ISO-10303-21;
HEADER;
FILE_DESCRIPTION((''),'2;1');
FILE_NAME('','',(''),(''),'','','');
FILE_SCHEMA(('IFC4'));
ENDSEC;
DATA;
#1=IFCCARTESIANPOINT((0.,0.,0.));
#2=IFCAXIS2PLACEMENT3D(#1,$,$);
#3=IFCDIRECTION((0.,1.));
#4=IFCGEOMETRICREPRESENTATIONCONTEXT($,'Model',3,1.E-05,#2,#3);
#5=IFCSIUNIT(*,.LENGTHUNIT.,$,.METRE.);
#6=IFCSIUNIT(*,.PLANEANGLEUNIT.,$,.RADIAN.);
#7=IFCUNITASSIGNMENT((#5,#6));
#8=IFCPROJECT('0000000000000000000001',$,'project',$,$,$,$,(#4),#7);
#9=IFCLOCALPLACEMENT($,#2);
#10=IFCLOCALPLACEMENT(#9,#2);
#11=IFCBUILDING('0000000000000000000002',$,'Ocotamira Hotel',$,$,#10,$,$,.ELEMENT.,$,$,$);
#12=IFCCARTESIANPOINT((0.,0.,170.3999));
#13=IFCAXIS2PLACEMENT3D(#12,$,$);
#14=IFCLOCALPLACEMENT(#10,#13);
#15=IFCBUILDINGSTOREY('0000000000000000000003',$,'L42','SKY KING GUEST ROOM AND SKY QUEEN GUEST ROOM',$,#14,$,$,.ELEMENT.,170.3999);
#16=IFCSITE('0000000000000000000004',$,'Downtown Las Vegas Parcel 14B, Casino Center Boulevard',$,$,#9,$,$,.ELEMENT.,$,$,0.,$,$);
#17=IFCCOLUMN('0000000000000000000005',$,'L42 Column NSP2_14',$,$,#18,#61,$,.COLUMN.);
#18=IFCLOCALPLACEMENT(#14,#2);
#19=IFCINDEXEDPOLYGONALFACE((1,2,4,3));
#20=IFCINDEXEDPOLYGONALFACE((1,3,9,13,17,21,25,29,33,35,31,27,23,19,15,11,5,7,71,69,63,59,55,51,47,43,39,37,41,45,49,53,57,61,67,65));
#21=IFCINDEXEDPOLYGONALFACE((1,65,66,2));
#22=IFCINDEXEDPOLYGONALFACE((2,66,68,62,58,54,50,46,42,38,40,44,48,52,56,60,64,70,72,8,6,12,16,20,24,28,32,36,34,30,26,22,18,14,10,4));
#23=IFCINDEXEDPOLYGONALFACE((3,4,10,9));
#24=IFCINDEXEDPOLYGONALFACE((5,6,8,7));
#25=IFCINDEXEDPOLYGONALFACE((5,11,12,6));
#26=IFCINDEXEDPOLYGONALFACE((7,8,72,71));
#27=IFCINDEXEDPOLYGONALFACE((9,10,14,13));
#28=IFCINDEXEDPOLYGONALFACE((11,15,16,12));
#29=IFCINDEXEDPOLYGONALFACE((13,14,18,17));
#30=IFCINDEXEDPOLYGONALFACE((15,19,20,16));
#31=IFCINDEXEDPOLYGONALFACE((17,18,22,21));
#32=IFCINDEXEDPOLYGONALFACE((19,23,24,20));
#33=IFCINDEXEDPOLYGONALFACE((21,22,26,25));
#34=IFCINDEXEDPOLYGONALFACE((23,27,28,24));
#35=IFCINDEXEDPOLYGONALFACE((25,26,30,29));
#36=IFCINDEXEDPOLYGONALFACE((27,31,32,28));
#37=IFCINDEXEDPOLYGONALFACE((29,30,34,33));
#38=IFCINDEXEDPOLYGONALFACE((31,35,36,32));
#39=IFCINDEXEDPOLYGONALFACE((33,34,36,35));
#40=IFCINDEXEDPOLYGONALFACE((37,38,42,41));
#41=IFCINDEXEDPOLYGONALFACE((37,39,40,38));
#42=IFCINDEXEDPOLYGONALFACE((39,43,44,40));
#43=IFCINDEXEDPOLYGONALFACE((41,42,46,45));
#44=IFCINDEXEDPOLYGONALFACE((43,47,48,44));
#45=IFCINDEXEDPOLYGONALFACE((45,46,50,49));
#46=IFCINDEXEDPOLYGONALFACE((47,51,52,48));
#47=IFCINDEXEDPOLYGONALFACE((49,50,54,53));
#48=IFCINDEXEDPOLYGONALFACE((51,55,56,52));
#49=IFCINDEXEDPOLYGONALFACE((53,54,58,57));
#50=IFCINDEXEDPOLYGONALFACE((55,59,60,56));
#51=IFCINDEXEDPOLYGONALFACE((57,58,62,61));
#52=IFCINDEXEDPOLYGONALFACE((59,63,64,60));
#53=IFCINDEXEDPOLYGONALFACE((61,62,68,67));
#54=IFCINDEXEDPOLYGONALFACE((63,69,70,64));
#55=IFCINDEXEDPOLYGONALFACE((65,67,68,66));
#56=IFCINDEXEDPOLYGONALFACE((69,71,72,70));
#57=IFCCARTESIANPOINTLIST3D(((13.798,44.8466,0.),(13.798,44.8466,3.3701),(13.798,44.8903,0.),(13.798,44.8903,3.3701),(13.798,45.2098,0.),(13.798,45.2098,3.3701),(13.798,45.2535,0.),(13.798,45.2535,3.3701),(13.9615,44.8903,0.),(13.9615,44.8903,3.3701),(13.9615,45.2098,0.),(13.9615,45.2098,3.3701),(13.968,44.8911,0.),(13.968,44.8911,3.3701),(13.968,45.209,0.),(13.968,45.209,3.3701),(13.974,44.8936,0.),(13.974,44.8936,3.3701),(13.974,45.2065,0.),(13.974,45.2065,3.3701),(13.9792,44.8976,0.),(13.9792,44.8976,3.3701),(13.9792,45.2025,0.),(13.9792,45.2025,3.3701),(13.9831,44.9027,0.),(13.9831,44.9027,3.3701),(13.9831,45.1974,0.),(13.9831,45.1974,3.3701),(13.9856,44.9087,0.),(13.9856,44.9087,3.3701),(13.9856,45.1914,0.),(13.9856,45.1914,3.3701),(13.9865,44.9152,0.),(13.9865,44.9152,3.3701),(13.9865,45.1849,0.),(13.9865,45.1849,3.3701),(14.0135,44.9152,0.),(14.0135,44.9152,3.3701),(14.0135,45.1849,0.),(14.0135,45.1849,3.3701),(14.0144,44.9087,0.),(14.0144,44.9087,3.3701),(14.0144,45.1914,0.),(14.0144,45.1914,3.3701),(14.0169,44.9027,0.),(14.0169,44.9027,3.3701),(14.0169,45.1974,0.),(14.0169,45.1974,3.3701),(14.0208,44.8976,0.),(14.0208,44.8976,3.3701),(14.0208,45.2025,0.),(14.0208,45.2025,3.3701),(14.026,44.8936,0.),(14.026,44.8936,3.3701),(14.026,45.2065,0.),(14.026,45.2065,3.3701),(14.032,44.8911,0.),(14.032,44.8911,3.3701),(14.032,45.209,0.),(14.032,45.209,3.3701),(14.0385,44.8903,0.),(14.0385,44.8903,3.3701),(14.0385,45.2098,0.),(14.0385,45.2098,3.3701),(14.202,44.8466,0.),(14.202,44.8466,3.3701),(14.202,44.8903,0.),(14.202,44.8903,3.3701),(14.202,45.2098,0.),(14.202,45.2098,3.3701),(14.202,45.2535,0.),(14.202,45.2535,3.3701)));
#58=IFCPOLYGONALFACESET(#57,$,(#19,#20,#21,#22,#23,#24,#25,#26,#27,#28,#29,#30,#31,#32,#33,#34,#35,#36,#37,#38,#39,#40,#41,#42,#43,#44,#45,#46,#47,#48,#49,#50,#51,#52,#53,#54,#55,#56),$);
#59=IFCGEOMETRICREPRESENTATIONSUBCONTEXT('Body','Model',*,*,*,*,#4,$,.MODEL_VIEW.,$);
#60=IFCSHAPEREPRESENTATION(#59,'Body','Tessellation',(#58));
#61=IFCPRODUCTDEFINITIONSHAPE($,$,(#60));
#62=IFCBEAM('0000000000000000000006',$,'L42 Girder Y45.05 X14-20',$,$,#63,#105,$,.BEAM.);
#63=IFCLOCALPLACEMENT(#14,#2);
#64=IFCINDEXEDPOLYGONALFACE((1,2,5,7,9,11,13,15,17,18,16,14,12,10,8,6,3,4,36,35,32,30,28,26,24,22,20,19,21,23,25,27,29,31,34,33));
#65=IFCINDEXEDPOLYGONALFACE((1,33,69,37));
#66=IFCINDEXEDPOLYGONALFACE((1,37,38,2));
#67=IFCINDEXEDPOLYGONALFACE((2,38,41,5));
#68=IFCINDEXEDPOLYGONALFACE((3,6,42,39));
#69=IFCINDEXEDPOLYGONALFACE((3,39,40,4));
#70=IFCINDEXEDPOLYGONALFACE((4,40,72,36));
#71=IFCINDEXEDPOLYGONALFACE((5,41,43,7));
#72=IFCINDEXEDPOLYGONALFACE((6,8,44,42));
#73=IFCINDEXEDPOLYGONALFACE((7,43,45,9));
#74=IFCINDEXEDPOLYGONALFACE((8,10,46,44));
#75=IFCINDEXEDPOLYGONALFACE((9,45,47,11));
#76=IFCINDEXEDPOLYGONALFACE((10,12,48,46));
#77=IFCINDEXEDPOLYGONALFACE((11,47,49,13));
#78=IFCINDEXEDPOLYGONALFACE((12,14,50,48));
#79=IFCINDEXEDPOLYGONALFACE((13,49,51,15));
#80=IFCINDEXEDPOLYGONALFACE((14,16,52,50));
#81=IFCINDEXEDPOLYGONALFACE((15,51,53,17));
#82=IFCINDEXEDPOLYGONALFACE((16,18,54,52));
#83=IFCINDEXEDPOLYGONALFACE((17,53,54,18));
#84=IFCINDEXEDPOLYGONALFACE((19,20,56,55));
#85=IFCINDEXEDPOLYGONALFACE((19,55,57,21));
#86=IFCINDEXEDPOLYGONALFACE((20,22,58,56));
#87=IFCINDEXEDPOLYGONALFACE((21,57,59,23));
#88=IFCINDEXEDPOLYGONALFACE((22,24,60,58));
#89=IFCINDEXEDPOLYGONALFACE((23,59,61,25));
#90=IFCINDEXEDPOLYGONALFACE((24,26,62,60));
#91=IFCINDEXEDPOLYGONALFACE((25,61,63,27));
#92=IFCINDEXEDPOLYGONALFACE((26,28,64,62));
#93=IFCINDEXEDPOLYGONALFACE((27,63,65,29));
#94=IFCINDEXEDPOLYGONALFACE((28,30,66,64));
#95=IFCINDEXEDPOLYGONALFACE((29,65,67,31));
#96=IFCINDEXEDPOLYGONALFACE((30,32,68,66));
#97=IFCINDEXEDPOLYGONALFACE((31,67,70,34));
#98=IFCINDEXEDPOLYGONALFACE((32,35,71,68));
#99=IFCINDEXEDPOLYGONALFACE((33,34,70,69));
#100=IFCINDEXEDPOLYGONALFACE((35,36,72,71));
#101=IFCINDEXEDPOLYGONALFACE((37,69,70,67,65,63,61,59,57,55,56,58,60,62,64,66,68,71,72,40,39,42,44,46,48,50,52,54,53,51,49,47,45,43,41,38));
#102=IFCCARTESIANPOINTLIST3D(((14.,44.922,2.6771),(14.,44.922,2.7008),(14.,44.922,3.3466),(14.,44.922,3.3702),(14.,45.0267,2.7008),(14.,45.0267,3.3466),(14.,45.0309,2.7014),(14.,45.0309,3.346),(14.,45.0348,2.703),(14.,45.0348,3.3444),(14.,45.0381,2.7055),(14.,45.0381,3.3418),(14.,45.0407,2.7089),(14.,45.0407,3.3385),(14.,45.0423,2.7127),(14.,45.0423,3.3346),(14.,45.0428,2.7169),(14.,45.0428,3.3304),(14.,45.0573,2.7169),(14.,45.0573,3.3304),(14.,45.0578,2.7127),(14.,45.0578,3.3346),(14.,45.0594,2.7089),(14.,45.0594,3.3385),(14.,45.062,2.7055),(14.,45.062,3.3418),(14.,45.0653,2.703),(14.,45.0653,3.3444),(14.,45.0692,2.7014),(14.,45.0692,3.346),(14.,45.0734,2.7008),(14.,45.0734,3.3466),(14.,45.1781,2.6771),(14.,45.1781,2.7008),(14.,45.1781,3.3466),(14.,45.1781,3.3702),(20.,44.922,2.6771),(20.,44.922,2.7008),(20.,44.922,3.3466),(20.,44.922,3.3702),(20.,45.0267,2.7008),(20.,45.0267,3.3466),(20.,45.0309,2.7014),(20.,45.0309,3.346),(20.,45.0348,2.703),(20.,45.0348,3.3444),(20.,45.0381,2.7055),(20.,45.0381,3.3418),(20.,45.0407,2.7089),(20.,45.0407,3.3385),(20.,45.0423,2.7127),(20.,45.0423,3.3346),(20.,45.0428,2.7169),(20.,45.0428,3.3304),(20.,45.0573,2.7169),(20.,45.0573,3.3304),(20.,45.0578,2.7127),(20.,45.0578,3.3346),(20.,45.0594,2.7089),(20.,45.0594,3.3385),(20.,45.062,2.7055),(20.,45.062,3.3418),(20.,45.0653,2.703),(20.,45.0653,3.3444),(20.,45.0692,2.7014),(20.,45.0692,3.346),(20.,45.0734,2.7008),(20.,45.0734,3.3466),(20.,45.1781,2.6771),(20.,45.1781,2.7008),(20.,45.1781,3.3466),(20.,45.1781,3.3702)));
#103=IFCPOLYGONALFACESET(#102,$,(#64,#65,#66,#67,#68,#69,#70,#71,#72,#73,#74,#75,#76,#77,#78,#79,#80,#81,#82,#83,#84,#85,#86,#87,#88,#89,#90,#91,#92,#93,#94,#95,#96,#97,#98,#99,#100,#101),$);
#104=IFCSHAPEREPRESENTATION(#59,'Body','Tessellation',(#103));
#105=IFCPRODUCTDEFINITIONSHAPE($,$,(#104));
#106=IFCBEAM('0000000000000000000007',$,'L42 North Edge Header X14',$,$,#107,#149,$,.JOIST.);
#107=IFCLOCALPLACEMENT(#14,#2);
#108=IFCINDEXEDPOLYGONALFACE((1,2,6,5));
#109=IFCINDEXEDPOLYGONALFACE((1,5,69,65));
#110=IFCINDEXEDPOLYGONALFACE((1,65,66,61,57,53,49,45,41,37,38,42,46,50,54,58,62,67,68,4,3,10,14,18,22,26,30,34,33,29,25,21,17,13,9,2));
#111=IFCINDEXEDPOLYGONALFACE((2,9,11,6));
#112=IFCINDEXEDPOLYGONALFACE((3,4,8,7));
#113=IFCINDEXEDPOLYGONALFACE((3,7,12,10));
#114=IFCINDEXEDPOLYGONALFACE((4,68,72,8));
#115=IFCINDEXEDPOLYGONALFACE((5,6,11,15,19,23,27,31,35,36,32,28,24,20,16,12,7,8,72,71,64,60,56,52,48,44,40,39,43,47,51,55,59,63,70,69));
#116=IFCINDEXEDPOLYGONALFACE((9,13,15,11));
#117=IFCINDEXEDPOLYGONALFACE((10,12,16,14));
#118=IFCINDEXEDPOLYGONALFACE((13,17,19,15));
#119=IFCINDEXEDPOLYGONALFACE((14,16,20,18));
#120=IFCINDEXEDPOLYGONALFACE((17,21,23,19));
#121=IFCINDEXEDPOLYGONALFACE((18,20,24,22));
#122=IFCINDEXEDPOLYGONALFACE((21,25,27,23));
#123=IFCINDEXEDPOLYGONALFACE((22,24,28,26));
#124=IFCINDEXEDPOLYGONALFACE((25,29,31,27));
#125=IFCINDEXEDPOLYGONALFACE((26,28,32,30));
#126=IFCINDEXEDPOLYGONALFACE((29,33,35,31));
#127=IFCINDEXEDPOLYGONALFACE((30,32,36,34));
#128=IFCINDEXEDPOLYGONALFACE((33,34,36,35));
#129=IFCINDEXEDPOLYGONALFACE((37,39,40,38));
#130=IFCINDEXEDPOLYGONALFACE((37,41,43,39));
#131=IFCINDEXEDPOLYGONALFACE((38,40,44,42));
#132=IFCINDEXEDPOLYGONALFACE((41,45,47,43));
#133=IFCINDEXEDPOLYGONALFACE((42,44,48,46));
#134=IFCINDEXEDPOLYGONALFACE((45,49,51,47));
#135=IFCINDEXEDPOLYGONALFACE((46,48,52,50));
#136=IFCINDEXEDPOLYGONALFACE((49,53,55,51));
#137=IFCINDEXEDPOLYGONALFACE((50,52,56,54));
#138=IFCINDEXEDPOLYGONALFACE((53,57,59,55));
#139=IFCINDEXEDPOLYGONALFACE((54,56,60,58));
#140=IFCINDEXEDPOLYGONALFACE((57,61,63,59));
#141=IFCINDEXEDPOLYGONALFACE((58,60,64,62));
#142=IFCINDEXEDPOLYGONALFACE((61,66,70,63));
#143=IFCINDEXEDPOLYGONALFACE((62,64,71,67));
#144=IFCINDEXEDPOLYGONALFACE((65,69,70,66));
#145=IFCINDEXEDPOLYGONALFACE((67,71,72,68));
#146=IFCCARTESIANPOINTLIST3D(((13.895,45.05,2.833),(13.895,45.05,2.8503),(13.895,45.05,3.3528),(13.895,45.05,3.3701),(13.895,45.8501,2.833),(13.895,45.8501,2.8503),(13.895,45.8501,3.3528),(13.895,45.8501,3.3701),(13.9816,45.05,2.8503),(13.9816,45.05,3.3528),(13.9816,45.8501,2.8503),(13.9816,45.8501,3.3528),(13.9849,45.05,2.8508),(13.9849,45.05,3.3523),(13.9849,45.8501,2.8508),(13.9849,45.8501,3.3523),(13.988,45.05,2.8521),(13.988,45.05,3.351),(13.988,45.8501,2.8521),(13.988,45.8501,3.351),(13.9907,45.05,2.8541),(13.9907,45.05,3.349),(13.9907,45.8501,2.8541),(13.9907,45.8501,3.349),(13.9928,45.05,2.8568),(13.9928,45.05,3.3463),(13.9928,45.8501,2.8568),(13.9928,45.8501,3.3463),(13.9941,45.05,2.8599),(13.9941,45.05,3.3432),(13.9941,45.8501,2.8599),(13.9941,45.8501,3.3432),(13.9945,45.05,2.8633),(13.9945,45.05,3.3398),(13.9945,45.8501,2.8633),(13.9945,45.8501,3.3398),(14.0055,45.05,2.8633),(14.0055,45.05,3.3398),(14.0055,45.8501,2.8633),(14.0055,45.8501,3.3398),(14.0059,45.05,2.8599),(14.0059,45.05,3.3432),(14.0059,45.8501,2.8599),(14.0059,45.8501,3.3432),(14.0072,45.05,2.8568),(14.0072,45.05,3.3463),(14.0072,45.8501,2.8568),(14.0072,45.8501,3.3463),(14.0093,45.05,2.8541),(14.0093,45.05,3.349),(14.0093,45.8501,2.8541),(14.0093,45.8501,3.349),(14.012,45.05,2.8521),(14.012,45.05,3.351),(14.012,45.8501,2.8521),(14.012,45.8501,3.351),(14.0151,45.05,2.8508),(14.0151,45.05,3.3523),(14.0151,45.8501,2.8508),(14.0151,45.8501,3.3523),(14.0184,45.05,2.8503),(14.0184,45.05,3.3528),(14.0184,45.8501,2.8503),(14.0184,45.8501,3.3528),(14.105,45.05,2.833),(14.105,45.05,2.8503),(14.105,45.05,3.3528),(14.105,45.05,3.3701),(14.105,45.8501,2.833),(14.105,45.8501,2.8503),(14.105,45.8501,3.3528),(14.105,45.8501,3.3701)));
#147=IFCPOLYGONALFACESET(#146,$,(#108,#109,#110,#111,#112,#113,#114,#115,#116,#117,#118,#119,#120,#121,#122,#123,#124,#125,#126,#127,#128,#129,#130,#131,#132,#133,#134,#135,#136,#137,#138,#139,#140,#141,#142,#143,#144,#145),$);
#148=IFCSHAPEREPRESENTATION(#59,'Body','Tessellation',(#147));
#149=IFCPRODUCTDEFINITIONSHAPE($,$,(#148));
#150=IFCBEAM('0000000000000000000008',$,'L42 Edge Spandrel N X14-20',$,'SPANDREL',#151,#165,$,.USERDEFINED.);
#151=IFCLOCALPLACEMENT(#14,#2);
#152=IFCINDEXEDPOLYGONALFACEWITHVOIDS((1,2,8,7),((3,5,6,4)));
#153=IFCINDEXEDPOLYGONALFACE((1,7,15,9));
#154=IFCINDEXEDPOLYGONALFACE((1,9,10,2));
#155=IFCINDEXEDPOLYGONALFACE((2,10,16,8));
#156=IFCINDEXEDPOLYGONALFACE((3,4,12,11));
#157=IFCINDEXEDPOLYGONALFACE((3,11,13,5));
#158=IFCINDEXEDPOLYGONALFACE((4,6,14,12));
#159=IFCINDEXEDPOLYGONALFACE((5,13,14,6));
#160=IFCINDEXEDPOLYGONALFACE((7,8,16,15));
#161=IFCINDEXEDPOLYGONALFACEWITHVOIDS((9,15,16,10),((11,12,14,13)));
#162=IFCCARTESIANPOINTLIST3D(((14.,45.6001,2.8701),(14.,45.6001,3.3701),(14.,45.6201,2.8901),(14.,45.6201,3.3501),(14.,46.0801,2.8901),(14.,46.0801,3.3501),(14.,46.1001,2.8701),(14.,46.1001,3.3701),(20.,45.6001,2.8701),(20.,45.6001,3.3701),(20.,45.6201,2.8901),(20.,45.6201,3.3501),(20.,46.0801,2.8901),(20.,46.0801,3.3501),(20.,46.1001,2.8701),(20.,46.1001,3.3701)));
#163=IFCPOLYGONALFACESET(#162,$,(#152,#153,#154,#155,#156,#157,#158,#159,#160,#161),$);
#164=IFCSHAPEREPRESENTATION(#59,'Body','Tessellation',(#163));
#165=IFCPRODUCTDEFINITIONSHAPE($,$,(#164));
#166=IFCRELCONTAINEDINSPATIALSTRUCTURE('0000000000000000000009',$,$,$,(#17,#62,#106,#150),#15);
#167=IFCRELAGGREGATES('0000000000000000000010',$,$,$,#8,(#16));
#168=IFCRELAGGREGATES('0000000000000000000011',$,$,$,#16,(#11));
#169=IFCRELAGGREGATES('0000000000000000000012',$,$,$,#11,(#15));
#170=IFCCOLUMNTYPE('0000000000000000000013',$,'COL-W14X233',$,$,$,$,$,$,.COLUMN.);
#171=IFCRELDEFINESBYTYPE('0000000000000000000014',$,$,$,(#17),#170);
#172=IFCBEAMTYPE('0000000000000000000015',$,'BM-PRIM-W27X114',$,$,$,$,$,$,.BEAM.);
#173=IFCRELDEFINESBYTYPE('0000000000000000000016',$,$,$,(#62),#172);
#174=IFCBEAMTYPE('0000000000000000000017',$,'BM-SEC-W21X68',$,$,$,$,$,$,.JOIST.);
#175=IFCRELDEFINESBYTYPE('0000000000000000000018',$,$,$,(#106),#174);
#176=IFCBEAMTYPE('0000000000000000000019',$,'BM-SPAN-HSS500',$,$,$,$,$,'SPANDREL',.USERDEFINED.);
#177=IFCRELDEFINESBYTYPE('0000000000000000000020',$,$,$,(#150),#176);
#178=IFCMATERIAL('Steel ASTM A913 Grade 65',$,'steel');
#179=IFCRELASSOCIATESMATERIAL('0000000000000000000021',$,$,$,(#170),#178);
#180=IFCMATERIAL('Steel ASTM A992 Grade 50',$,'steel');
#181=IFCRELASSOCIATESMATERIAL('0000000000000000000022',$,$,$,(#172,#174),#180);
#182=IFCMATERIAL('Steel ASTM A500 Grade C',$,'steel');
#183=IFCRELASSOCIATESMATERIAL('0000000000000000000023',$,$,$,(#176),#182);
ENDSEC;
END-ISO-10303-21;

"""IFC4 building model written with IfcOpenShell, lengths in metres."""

from ifc_helpers import new_model, si_unit, direction, frame, origin, origin_2d, place, context, subcontext, project, spatial, hollow_rectangle, i_section, extrude, source, transform, mapped, material, material_profile, profile_set, type_object, element, save


model = new_model("IFC4")

# Units and contexts
model_context = context("Model", 3, precision=1e-05, world=origin(), true_north=direction((0.0, 1.0)))
body_context = subcontext(model_context, "Body", "Model", "MODEL_VIEW")
ifc_project = project(units=[si_unit("LENGTHUNIT", "METRE"), si_unit("PLANEANGLEUNIT", "RADIAN")], contexts=[model_context])

# Site, building, storey
site_placement = place(None, origin())
site = spatial("IfcSite", under=ifc_project, at=site_placement, Name="Downtown Las Vegas Parcel 14B, Casino Center Boulevard", CompositionType="ELEMENT", RefElevation=0.0)
building_placement = place(site_placement, origin())
building = spatial("IfcBuilding", under=site, at=building_placement, Name="Ocotamira Hotel", CompositionType="ELEMENT")
storey_placement = place(building_placement, frame((0.0, 0.0, 170.3999)))
storey = spatial("IfcBuildingStorey", under=building, at=storey_placement, Name="L42", Description="SKY KING GUEST ROOM AND SKY QUEEN GUEST ROOM", CompositionType="ELEMENT", Elevation=170.3999)

# Column
ifc_material_1 = material(Name="Steel ASTM A913 Grade 65", Category="steel")
ifc_material_profile_1 = material_profile(ifc_material_1, i_section(OverallWidth=0.4041, OverallDepth=0.407, WebThickness=0.0271, FlangeThickness=0.0437, FilletRadius=0.0249, at=origin_2d()), Name="W14X233")
ifc_profile_set_1 = profile_set([ifc_material_profile_1], Name="Steel ASTM A913 Grade 65")
column_type = type_object("IfcColumnType", Name="COL-W14X233", PredefinedType="COLUMN", material=ifc_profile_set_1)
shared_shape_1 = source(origin(), body_context, "Body", "SweptSolid", [
    extrude(i_section(OverallWidth=0.4041, OverallDepth=0.407, WebThickness=0.0271, FlangeThickness=0.0437, FilletRadius=0.0249, at=origin_2d()), origin(), (0.0, 0.0, 1.0), 3.3701),
])
column_placement = place(storey_placement, frame((14.0, 45.05, 0.0), z_axis=(0.0, 0.0, 1.0), x_axis=(1.0, 0.0, 0.0)))
element("IfcColumn", 1, at=column_placement, inside=storey, type_object=column_type, Name="L42 Column NSP2_14", PredefinedType="COLUMN", context=body_context, shape_type="MappedRepresentation", body=[
    mapped(shared_shape_1, transform((0.0, 0.0, 0.0), scale=1.0)),
])

# Beams
ifc_material_2 = material(Name="Steel ASTM A992 Grade 50", Category="steel")
ifc_material_profile_2 = material_profile(ifc_material_2, i_section(OverallWidth=0.2561, OverallDepth=0.6931, WebThickness=0.0144, FlangeThickness=0.0237, FilletRadius=0.0161, at=origin_2d()), Name="W27X114")
ifc_profile_set_2 = profile_set([ifc_material_profile_2], Name="Steel ASTM A992 Grade 50")
beam_type_1 = type_object("IfcBeamType", Name="BM-PRIM-W27X114", PredefinedType="BEAM", material=ifc_profile_set_2)
shared_shape_2 = source(origin(), body_context, "Body", "SweptSolid", [
    extrude(i_section(OverallWidth=0.2561, OverallDepth=0.6931, WebThickness=0.0144, FlangeThickness=0.0237, FilletRadius=0.0161, at=origin_2d()), origin(), (0.0, 0.0, 1.0), 6.0),
])
beam_1_placement = place(storey_placement, frame((14.0, 45.05, 3.0237), z_axis=(1.0, 0.0, 0.0), x_axis=(0.0, 1.0, 0.0)))
element("IfcBeam", 2, at=beam_1_placement, inside=storey, type_object=beam_type_1, Name="L42 Girder Y45.05 X14-20", PredefinedType="BEAM", context=body_context, shape_type="MappedRepresentation", body=[
    mapped(shared_shape_2, transform((0.0, 0.0, 0.0), scale=1.0)),
])
ifc_material_profile_3 = material_profile(ifc_material_2, i_section(OverallWidth=0.21, OverallDepth=0.5371, WebThickness=0.011, FlangeThickness=0.0173, FilletRadius=0.0129, at=origin_2d()), Name="W21X68")
ifc_profile_set_3 = profile_set([ifc_material_profile_3], Name="Steel ASTM A992 Grade 50")
beam_type_2 = type_object("IfcBeamType", Name="BM-SEC-W21X68", PredefinedType="JOIST", material=ifc_profile_set_3)
shared_shape_3 = source(origin(), body_context, "Body", "SweptSolid", [
    extrude(i_section(OverallWidth=0.21, OverallDepth=0.5371, WebThickness=0.011, FlangeThickness=0.0173, FilletRadius=0.0129, at=origin_2d()), origin(), (0.0, 0.0, 1.0), 0.8),
])
beam_2_placement = place(storey_placement, frame((14.0, 45.05, 3.1016), z_axis=(0.0, 1.0, 0.0), x_axis=(-1.0, 0.0, 0.0)))
element("IfcBeam", 3, at=beam_2_placement, inside=storey, type_object=beam_type_2, Name="L42 North Edge Header X14", PredefinedType="JOIST", context=body_context, shape_type="MappedRepresentation", body=[
    mapped(shared_shape_3, transform((0.0, 0.0, 0.0), scale=1.0)),
])
ifc_material_3 = material(Name="Steel ASTM A500 Grade C", Category="steel")
ifc_material_profile_4 = material_profile(ifc_material_3, hollow_rectangle(XDim=0.5, YDim=0.5, WallThickness=0.02, at=origin_2d()), Name="HSS500X500X20")
ifc_profile_set_4 = profile_set([ifc_material_profile_4], Name="Steel ASTM A500 Grade C")
beam_type_3 = type_object("IfcBeamType", Name="BM-SPAN-HSS500", ElementType="SPANDREL", PredefinedType="USERDEFINED", material=ifc_profile_set_4)
shared_shape_4 = source(origin(), body_context, "Body", "SweptSolid", [
    extrude(hollow_rectangle(XDim=0.5, YDim=0.5, WallThickness=0.02, at=origin_2d()), origin(), (0.0, 0.0, 1.0), 6.0),
])
beam_3_placement = place(storey_placement, frame((14.0, 45.8501, 3.1201), z_axis=(1.0, 0.0, 0.0), x_axis=(0.0, 1.0, 0.0)))
element("IfcBeam", 4, at=beam_3_placement, inside=storey, type_object=beam_type_3, Name="L42 Edge Spandrel N X14-20", ObjectType="SPANDREL", PredefinedType="USERDEFINED", context=body_context, shape_type="MappedRepresentation", body=[
    mapped(shared_shape_4, transform((0.0, 0.0, 0.0), scale=1.0)),
])

save(model, "model.ifc")
